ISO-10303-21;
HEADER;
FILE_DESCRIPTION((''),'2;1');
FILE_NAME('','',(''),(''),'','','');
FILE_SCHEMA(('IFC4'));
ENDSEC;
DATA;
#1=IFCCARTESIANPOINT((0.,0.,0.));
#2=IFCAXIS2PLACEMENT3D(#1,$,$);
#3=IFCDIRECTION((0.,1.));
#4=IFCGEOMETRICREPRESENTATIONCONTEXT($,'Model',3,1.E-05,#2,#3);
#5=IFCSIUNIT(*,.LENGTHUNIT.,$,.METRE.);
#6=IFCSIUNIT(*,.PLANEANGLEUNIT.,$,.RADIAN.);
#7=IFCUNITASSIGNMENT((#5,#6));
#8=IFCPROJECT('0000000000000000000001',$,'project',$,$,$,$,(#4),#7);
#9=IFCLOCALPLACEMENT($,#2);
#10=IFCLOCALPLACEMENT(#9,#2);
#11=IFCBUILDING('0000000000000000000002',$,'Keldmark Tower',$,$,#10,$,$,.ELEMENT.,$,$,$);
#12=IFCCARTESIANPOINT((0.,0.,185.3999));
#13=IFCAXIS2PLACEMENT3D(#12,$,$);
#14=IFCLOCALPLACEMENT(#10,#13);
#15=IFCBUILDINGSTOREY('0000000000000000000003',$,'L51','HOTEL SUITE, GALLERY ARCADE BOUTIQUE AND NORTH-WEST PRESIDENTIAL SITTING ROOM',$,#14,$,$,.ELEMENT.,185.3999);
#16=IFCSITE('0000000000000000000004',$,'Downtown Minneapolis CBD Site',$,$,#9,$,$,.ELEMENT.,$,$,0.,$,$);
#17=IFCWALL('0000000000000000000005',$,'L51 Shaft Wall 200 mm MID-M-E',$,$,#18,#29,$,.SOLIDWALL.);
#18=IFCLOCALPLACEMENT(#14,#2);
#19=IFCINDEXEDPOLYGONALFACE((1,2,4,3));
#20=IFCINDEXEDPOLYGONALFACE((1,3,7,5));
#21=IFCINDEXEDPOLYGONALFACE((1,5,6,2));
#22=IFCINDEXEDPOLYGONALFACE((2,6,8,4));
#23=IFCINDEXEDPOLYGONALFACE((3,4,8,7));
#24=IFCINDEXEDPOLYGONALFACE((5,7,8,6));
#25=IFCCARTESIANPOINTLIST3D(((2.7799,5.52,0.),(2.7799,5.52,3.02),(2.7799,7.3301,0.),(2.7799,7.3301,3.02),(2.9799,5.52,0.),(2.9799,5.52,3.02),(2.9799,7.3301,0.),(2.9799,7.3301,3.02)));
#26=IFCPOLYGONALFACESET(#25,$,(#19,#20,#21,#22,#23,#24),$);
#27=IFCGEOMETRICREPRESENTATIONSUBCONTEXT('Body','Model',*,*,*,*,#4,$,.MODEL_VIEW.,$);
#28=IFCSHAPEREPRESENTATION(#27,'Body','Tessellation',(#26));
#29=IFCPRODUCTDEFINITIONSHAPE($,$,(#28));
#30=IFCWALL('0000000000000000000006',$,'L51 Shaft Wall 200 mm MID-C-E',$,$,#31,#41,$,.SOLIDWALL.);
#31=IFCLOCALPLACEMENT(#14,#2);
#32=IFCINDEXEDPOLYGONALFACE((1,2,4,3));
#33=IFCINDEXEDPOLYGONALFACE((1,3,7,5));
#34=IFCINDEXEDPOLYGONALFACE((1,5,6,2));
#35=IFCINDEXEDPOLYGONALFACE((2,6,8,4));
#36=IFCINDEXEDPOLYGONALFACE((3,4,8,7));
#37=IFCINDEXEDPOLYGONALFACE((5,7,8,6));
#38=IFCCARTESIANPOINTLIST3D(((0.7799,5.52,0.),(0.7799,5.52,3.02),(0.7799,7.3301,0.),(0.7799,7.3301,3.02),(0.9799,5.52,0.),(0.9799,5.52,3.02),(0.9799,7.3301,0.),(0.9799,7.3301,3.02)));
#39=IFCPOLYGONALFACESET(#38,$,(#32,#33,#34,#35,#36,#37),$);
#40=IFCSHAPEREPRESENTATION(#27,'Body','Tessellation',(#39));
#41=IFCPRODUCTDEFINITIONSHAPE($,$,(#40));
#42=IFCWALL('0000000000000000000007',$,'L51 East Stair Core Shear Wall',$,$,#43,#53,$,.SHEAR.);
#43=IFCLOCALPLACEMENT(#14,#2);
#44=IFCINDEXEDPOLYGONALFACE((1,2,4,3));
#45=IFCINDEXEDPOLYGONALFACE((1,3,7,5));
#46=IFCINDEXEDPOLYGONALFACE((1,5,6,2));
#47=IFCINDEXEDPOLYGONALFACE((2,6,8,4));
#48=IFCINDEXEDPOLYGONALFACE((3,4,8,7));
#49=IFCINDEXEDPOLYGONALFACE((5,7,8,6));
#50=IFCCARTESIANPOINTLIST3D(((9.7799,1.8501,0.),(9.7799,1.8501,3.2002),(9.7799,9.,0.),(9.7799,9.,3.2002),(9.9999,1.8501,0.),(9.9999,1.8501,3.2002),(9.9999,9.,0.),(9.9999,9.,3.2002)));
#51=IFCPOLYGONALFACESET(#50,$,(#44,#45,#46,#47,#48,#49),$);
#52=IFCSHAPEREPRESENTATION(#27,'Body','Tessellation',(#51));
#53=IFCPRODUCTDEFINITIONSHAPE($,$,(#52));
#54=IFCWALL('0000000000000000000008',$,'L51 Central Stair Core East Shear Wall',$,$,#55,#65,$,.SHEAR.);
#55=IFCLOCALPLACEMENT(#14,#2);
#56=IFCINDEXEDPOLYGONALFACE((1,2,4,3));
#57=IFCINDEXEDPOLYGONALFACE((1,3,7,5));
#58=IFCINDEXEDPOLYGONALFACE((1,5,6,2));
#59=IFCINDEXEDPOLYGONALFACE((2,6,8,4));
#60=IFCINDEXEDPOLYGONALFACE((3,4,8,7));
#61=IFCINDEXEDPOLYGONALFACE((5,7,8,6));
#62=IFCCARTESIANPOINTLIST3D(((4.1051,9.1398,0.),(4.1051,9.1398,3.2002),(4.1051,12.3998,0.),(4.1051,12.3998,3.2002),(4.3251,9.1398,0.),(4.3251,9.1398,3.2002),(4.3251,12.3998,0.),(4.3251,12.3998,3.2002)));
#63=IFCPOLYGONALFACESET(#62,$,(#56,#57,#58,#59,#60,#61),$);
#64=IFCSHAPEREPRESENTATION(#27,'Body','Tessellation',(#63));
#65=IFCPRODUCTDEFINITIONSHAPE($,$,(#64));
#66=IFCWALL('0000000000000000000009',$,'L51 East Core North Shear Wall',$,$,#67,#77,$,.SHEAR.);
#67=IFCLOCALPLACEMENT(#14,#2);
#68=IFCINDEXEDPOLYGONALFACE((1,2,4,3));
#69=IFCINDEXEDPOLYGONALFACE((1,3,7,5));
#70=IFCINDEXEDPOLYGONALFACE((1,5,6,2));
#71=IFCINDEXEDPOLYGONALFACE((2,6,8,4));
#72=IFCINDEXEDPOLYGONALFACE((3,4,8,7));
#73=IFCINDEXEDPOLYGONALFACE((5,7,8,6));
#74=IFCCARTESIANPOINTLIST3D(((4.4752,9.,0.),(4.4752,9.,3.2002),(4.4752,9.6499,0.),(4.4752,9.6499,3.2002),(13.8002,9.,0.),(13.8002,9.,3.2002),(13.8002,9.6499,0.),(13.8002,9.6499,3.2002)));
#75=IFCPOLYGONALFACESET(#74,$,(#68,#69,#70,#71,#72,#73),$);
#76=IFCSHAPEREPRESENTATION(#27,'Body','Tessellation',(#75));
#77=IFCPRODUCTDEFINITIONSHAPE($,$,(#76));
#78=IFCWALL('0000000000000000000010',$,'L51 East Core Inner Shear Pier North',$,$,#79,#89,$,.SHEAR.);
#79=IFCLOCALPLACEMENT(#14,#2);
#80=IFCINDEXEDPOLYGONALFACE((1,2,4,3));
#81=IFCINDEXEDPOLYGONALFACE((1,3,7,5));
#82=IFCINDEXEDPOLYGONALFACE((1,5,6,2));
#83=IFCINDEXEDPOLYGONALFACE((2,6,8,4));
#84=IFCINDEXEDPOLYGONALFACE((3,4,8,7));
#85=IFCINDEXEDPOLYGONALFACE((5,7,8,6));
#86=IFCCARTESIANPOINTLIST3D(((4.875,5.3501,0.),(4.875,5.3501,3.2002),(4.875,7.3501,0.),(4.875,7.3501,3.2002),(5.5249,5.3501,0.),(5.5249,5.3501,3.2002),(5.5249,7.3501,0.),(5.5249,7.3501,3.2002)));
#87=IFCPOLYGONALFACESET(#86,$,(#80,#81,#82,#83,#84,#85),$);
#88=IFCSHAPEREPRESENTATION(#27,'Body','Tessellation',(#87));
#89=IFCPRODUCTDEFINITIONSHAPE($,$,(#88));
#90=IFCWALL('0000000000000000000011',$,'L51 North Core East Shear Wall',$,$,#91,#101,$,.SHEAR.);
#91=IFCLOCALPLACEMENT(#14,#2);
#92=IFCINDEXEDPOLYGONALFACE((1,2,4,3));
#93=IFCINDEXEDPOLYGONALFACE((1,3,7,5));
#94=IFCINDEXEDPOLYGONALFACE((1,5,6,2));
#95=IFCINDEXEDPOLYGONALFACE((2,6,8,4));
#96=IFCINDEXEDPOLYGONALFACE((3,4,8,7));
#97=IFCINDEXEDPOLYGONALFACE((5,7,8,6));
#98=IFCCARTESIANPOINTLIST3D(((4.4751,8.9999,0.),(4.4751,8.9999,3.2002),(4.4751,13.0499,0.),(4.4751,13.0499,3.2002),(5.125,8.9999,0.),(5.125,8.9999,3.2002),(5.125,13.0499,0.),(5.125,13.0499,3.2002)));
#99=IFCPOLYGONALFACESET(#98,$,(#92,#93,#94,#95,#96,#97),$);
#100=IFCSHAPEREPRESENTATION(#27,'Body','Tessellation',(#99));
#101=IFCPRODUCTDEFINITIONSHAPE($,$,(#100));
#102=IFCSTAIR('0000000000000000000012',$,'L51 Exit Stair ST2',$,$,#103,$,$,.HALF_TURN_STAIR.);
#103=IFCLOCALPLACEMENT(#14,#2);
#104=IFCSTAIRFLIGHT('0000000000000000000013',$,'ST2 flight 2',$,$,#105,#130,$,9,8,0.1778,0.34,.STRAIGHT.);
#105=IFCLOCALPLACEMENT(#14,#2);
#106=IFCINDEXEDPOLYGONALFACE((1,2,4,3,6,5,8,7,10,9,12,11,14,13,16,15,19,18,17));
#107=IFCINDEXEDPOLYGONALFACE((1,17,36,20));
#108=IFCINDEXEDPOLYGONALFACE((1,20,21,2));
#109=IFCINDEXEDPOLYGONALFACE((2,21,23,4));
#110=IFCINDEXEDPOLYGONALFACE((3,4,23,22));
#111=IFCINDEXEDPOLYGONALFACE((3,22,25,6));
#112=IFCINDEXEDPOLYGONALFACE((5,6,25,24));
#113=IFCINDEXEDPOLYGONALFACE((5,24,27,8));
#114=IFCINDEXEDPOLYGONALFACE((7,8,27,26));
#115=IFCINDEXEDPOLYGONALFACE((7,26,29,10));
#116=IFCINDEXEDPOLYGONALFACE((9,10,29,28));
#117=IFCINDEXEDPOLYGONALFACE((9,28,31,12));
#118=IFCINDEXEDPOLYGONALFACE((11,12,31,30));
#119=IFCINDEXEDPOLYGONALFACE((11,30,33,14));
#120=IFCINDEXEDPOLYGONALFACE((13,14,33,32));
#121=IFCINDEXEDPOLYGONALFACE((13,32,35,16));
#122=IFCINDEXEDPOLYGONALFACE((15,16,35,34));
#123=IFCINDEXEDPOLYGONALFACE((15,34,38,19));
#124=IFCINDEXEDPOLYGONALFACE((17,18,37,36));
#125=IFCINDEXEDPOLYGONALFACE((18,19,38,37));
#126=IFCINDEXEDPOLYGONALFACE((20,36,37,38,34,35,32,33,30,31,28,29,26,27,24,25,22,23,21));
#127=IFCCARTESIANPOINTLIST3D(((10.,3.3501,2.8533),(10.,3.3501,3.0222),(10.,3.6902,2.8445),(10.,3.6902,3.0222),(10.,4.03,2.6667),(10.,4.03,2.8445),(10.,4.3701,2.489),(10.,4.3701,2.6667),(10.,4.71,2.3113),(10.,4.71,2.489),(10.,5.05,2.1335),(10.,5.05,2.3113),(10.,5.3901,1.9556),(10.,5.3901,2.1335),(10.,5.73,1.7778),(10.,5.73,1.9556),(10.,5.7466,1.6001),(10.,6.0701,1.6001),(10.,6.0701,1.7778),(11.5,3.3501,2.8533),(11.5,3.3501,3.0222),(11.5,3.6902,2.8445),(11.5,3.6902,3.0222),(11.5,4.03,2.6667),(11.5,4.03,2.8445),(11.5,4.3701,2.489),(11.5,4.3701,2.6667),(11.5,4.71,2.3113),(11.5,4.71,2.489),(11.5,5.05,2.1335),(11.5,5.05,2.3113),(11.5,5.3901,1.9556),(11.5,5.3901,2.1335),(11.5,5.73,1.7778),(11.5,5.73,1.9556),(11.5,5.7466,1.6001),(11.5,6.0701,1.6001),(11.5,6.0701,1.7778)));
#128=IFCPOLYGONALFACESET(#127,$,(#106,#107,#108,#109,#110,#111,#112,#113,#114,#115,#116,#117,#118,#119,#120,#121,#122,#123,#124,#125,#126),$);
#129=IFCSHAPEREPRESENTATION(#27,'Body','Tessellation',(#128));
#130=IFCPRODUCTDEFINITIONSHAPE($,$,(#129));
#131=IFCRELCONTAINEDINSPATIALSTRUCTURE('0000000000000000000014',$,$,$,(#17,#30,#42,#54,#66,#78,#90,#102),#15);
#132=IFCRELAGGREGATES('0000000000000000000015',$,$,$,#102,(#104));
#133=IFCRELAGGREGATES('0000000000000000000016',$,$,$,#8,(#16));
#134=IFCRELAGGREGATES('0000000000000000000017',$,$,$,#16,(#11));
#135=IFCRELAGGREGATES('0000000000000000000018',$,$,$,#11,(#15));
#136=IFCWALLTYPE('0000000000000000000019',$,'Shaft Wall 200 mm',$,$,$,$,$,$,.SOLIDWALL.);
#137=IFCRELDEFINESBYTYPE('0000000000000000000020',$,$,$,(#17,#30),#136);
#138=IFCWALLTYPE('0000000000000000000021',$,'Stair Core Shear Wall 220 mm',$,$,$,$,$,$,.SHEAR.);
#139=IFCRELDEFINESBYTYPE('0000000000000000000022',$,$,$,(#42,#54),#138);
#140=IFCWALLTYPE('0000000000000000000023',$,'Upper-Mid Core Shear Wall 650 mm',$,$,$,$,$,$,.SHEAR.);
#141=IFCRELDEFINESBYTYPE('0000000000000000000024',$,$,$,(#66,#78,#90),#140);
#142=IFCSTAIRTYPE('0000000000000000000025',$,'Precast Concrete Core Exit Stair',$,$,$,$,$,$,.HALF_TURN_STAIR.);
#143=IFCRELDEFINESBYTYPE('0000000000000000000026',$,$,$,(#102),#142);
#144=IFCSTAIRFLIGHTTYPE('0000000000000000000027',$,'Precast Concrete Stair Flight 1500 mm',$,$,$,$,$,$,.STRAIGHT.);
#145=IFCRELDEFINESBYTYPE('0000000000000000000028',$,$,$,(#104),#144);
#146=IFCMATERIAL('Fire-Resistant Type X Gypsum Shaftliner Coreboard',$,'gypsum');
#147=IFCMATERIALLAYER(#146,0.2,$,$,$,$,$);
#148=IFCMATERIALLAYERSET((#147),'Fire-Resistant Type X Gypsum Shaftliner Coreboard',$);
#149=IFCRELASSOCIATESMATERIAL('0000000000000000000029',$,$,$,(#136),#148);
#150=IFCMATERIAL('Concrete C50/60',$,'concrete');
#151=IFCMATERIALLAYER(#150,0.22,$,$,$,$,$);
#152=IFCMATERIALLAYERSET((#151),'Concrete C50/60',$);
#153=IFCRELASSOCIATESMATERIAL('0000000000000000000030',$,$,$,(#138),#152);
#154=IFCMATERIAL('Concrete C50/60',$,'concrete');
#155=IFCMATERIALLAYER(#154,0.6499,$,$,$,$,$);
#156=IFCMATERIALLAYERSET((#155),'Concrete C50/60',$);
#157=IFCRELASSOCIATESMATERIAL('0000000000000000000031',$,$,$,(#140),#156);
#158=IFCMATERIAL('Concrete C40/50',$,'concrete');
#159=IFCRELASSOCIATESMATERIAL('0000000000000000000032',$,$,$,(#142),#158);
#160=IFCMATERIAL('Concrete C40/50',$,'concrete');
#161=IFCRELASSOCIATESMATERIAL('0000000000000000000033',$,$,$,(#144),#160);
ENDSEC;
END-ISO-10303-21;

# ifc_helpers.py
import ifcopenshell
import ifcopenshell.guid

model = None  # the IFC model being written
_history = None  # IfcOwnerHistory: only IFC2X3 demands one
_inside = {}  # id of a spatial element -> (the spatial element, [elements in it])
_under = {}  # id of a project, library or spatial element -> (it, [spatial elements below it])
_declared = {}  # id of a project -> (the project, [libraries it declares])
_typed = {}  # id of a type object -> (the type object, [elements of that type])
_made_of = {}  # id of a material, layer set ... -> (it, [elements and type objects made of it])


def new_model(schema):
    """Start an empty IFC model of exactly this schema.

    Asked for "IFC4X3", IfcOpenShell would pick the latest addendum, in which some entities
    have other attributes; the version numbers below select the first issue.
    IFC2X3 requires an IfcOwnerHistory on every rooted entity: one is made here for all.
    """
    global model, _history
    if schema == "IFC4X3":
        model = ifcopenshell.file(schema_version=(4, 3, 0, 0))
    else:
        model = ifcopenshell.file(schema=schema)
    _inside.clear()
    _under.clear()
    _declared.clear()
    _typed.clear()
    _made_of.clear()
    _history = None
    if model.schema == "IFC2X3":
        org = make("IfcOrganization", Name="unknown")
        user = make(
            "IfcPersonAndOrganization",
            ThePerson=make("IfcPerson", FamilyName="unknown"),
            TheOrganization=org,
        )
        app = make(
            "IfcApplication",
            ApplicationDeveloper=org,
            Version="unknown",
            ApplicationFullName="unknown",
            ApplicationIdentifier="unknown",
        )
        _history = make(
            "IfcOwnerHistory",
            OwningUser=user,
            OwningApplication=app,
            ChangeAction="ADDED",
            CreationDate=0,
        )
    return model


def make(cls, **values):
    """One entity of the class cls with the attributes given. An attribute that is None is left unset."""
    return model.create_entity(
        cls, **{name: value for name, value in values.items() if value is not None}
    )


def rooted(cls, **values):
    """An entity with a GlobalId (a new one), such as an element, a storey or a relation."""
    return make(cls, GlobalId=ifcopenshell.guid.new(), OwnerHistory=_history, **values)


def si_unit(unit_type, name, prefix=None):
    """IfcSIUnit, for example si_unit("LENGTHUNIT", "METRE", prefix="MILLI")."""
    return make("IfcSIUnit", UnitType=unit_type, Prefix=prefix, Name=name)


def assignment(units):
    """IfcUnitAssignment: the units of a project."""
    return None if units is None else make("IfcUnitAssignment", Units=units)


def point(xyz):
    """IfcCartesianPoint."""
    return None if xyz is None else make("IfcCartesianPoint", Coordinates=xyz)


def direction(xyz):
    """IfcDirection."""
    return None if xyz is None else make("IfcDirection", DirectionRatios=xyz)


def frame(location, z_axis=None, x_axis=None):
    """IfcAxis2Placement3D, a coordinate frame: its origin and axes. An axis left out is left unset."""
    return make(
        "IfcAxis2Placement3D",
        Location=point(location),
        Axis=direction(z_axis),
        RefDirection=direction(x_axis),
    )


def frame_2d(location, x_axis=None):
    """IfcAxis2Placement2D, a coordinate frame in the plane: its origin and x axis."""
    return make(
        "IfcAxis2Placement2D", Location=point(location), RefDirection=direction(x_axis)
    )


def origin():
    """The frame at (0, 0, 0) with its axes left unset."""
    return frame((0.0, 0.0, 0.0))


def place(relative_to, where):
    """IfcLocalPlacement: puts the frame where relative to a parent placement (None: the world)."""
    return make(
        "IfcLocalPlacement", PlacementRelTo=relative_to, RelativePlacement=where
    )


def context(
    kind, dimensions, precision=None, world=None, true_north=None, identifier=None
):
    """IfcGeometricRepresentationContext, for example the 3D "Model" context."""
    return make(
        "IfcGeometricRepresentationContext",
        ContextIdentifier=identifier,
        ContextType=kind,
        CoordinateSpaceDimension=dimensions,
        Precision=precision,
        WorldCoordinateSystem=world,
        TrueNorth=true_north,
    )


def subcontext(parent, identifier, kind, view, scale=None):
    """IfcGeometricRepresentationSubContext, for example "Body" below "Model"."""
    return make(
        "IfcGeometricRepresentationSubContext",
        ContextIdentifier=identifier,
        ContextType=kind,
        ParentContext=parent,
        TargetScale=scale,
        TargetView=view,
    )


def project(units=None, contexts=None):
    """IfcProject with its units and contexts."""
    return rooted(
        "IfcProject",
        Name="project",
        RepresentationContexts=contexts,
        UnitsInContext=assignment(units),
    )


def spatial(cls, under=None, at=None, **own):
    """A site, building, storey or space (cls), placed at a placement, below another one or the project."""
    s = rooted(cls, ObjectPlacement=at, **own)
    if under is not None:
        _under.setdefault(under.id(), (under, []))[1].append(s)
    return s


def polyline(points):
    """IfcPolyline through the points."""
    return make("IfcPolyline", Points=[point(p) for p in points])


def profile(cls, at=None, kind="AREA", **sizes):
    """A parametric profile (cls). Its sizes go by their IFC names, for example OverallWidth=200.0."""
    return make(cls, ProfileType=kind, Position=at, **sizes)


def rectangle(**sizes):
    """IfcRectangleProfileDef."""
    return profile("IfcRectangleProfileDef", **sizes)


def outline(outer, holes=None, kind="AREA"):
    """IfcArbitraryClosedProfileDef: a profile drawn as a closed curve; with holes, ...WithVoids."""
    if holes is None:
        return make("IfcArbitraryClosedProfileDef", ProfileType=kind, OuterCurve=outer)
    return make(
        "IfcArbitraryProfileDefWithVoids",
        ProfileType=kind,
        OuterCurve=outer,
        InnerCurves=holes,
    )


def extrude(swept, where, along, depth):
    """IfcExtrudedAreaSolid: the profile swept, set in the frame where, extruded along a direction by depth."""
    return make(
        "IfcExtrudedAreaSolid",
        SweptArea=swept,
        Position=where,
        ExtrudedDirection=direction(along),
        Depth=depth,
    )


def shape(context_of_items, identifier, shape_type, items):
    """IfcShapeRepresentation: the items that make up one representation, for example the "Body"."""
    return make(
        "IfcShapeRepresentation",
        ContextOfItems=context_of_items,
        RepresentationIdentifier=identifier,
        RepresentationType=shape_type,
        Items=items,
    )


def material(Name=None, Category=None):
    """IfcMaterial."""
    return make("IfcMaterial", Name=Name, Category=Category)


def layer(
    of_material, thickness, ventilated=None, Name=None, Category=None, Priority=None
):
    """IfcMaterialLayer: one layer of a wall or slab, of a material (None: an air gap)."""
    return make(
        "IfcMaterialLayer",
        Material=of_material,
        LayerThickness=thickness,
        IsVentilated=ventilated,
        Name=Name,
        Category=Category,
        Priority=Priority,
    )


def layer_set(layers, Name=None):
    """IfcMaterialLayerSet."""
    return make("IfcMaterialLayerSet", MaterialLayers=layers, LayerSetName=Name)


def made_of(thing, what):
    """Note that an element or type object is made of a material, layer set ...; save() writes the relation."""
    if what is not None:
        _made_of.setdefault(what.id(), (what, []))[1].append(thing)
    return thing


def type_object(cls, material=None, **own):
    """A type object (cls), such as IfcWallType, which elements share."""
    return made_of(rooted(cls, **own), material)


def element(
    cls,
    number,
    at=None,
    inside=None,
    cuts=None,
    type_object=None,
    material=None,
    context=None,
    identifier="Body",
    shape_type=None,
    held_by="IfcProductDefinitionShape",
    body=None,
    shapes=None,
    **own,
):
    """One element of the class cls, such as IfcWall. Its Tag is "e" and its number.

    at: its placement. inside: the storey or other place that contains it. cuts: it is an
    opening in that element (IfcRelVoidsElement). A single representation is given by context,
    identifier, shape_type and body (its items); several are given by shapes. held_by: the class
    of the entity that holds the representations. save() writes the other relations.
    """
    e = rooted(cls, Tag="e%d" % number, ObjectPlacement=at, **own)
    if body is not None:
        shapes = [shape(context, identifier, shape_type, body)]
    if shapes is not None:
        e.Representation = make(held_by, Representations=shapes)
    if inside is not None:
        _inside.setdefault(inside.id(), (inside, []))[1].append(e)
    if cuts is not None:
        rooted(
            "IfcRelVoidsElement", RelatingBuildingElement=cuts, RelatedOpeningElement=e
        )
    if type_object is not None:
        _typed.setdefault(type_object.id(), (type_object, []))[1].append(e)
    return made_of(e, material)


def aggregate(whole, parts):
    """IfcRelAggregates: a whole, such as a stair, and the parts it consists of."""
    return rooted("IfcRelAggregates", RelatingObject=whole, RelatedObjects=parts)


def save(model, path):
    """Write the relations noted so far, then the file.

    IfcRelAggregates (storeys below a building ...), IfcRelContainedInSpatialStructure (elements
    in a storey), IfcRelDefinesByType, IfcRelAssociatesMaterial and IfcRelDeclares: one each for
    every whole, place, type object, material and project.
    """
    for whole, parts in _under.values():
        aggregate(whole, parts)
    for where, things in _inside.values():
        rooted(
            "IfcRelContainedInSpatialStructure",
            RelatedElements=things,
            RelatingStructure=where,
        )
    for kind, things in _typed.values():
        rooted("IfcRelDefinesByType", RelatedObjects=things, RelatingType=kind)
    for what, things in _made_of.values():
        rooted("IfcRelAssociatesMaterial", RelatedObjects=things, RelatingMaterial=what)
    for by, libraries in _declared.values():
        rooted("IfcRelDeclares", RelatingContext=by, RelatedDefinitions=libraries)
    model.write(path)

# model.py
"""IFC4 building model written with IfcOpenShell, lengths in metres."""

from ifc_helpers import new_model, si_unit, direction, frame, frame_2d, origin, place, context, subcontext, project, spatial, polyline, rectangle, outline, extrude, material, layer, layer_set, type_object, element, aggregate, save


model = new_model("IFC4")

# Units and contexts
model_context = context("Model", 3, precision=1e-05, world=origin(), true_north=direction((0.0, 1.0)))
body_context = subcontext(model_context, "Body", "Model", "MODEL_VIEW")
ifc_project = project(units=[si_unit("LENGTHUNIT", "METRE"), si_unit("PLANEANGLEUNIT", "RADIAN")], contexts=[model_context])

# Site, building, storey
site_placement = place(None, origin())
site = spatial("IfcSite", under=ifc_project, at=site_placement, Name="Downtown Minneapolis CBD Site", CompositionType="ELEMENT", RefElevation=0.0)
building_placement = place(site_placement, origin())
building = spatial("IfcBuilding", under=site, at=building_placement, Name="Keldmark Tower", CompositionType="ELEMENT")
storey_placement = place(building_placement, frame((0.0, 0.0, 185.3999)))
storey = spatial("IfcBuildingStorey", under=building, at=storey_placement, Name="L51", Description="HOTEL SUITE, GALLERY ARCADE BOUTIQUE AND NORTH-WEST PRESIDENTIAL SITTING ROOM", CompositionType="ELEMENT", Elevation=185.3999)

# Shared definitions
ifc_material_1 = material(Name="Fire-Resistant Type X Gypsum Shaftliner Coreboard", Category="gypsum")
ifc_layer_1 = layer(ifc_material_1, 0.2)
ifc_layer_set_1 = layer_set([ifc_layer_1], Name="Fire-Resistant Type X Gypsum Shaftliner Coreboard")
wall_type_1 = type_object("IfcWallType", Name="Shaft Wall 200 mm", PredefinedType="SOLIDWALL", material=ifc_layer_set_1)

# Walls
for number, where, z_axis, x_axis, name in (
    (1, (2.8799, 5.52, 0.0), (0.0, 0.0, 1.0), (0.0, 1.0, 0.0), "L51 Shaft Wall 200 mm MID-M-E"),
    (2, (0.8799, 5.52, 0.0), (0.0, 0.0, 1.0), (0.0, 1.0, 0.0), "L51 Shaft Wall 200 mm MID-C-E"),
):
    element("IfcWall", number, at=place(storey_placement, frame(where, z_axis=z_axis, x_axis=x_axis)), inside=storey, type_object=wall_type_1, Name=name, PredefinedType="SOLIDWALL", context=body_context, shape_type="SweptSolid", body=[
        extrude(rectangle(XDim=1.8101, YDim=0.2, at=frame_2d((0.905, 0.0))), origin(), (0.0, 0.0, 1.0), 3.02),
    ])
ifc_material_2 = material(Name="Concrete C50/60", Category="concrete")
ifc_layer_2 = layer(ifc_material_2, 0.22)
ifc_layer_set_2 = layer_set([ifc_layer_2], Name="Concrete C50/60")
wall_type_2 = type_object("IfcWallType", Name="Stair Core Shear Wall 220 mm", PredefinedType="SHEAR", material=ifc_layer_set_2)
wall_1_placement = place(storey_placement, frame((9.8899, 1.8501, 0.0), z_axis=(0.0, 0.0, 1.0), x_axis=(0.0, 1.0, 0.0)))
element("IfcWall", 3, at=wall_1_placement, inside=storey, type_object=wall_type_2, Name="L51 East Stair Core Shear Wall", PredefinedType="SHEAR", context=body_context, shape_type="SweptSolid", body=[
    extrude(rectangle(XDim=7.1499, YDim=0.22, at=frame_2d((3.575, 0.0))), origin(), (0.0, 0.0, 1.0), 3.2002),
])
wall_2_placement = place(storey_placement, frame((4.2151, 9.1399, 0.0), z_axis=(0.0, 0.0, 1.0), x_axis=(0.0, 1.0, 0.0)))
element("IfcWall", 4, at=wall_2_placement, inside=storey, type_object=wall_type_2, Name="L51 Central Stair Core East Shear Wall", PredefinedType="SHEAR", context=body_context, shape_type="SweptSolid", body=[
    extrude(rectangle(XDim=3.26, YDim=0.22, at=frame_2d((1.6299, 0.0))), origin(), (0.0, 0.0, 1.0), 3.2002),
])
ifc_material_3 = material(Name="Concrete C50/60", Category="concrete")
ifc_layer_3 = layer(ifc_material_3, 0.6499)
ifc_layer_set_3 = layer_set([ifc_layer_3], Name="Concrete C50/60")
wall_type_3 = type_object("IfcWallType", Name="Upper-Mid Core Shear Wall 650 mm", PredefinedType="SHEAR", material=ifc_layer_set_3)
wall_3_placement = place(storey_placement, frame((4.4751, 9.325, 0.0), z_axis=(0.0, 0.0, 1.0), x_axis=(1.0, 0.0, 0.0)))
element("IfcWall", 5, at=wall_3_placement, inside=storey, type_object=wall_type_3, Name="L51 East Core North Shear Wall", PredefinedType="SHEAR", context=body_context, shape_type="SweptSolid", body=[
    extrude(rectangle(XDim=9.325, YDim=0.6499, at=frame_2d((4.6626, 0.0))), origin(), (0.0, 0.0, 1.0), 3.2002),
])
wall_4_placement = place(storey_placement, frame((5.2, 5.3501, 0.0), z_axis=(0.0, 0.0, 1.0), x_axis=(0.0, 1.0, 0.0)))
element("IfcWall", 6, at=wall_4_placement, inside=storey, type_object=wall_type_3, Name="L51 East Core Inner Shear Pier North", PredefinedType="SHEAR", context=body_context, shape_type="SweptSolid", body=[
    extrude(rectangle(XDim=2.0, YDim=0.6499, at=frame_2d((1.0, 0.0))), origin(), (0.0, 0.0, 1.0), 3.2002),
])
wall_5_placement = place(storey_placement, frame((4.8, 9.0, 0.0), z_axis=(0.0, 0.0, 1.0), x_axis=(0.0, 1.0, 0.0)))
element("IfcWall", 7, at=wall_5_placement, inside=storey, type_object=wall_type_3, Name="L51 North Core East Shear Wall", PredefinedType="SHEAR", context=body_context, shape_type="SweptSolid", body=[
    extrude(rectangle(XDim=4.05, YDim=0.6499, at=frame_2d((2.0249, 0.0))), origin(), (0.0, 0.0, 1.0), 3.2002),
])

# Stair, stair flight
ifc_material_4 = material(Name="Concrete C40/50", Category="concrete")
stair_type = type_object("IfcStairType", Name="Precast Concrete Core Exit Stair", PredefinedType="HALF_TURN_STAIR", material=ifc_material_4)
stair_placement = place(storey_placement, origin())
stair = element("IfcStair", 8, at=stair_placement, inside=storey, type_object=stair_type, Name="L51 Exit Stair ST2", PredefinedType="HALF_TURN_STAIR")
ifc_material_5 = material(Name="Concrete C40/50", Category="concrete")
stair_flight_type = type_object("IfcStairFlightType", Name="Precast Concrete Stair Flight 1500 mm", PredefinedType="STRAIGHT", material=ifc_material_5)
stair_flight_placement = place(storey_placement, frame((10.75, 6.0701, 1.6001), z_axis=(0.0, 0.0, 1.0), x_axis=(0.0, -1.0, 0.0)))
stair_flight = element("IfcStairFlight", 9, at=stair_flight_placement, type_object=stair_flight_type, Name="ST2 flight 2", NumberOfRisers=9, NumberOfTreads=8, PredefinedType="STRAIGHT", RiserHeight=0.1778, TreadLength=0.34, context=body_context, shape_type="SweptSolid", body=[
    extrude(outline(polyline([(0.0, 0.0), (0.0, 0.1777), (0.3401, 0.1777), (0.3401, 0.3555), (0.6799, 0.3555), (0.6799, 0.5334), (1.02, 0.5334), (1.02, 0.7112), (1.3601, 0.7112), (1.3601, 0.8889), (1.7, 0.8889), (1.7, 1.0667), (2.04, 1.0667), (2.04, 1.2444), (2.3799, 1.2444), (2.3799, 1.4221), (2.72, 1.4221), (2.72, 1.6001), (2.72, 1.2532), (0.3235, 0.0), (0.0, 0.0)])), frame((0.0, 0.75, 0.0), z_axis=(0.0, -1.0, 0.0), x_axis=(1.0, 0.0, 0.0)), (0.0, 0.0, 1.0), 1.5),
])
aggregate(stair, [stair_flight])

save(model, "model.ifc")
